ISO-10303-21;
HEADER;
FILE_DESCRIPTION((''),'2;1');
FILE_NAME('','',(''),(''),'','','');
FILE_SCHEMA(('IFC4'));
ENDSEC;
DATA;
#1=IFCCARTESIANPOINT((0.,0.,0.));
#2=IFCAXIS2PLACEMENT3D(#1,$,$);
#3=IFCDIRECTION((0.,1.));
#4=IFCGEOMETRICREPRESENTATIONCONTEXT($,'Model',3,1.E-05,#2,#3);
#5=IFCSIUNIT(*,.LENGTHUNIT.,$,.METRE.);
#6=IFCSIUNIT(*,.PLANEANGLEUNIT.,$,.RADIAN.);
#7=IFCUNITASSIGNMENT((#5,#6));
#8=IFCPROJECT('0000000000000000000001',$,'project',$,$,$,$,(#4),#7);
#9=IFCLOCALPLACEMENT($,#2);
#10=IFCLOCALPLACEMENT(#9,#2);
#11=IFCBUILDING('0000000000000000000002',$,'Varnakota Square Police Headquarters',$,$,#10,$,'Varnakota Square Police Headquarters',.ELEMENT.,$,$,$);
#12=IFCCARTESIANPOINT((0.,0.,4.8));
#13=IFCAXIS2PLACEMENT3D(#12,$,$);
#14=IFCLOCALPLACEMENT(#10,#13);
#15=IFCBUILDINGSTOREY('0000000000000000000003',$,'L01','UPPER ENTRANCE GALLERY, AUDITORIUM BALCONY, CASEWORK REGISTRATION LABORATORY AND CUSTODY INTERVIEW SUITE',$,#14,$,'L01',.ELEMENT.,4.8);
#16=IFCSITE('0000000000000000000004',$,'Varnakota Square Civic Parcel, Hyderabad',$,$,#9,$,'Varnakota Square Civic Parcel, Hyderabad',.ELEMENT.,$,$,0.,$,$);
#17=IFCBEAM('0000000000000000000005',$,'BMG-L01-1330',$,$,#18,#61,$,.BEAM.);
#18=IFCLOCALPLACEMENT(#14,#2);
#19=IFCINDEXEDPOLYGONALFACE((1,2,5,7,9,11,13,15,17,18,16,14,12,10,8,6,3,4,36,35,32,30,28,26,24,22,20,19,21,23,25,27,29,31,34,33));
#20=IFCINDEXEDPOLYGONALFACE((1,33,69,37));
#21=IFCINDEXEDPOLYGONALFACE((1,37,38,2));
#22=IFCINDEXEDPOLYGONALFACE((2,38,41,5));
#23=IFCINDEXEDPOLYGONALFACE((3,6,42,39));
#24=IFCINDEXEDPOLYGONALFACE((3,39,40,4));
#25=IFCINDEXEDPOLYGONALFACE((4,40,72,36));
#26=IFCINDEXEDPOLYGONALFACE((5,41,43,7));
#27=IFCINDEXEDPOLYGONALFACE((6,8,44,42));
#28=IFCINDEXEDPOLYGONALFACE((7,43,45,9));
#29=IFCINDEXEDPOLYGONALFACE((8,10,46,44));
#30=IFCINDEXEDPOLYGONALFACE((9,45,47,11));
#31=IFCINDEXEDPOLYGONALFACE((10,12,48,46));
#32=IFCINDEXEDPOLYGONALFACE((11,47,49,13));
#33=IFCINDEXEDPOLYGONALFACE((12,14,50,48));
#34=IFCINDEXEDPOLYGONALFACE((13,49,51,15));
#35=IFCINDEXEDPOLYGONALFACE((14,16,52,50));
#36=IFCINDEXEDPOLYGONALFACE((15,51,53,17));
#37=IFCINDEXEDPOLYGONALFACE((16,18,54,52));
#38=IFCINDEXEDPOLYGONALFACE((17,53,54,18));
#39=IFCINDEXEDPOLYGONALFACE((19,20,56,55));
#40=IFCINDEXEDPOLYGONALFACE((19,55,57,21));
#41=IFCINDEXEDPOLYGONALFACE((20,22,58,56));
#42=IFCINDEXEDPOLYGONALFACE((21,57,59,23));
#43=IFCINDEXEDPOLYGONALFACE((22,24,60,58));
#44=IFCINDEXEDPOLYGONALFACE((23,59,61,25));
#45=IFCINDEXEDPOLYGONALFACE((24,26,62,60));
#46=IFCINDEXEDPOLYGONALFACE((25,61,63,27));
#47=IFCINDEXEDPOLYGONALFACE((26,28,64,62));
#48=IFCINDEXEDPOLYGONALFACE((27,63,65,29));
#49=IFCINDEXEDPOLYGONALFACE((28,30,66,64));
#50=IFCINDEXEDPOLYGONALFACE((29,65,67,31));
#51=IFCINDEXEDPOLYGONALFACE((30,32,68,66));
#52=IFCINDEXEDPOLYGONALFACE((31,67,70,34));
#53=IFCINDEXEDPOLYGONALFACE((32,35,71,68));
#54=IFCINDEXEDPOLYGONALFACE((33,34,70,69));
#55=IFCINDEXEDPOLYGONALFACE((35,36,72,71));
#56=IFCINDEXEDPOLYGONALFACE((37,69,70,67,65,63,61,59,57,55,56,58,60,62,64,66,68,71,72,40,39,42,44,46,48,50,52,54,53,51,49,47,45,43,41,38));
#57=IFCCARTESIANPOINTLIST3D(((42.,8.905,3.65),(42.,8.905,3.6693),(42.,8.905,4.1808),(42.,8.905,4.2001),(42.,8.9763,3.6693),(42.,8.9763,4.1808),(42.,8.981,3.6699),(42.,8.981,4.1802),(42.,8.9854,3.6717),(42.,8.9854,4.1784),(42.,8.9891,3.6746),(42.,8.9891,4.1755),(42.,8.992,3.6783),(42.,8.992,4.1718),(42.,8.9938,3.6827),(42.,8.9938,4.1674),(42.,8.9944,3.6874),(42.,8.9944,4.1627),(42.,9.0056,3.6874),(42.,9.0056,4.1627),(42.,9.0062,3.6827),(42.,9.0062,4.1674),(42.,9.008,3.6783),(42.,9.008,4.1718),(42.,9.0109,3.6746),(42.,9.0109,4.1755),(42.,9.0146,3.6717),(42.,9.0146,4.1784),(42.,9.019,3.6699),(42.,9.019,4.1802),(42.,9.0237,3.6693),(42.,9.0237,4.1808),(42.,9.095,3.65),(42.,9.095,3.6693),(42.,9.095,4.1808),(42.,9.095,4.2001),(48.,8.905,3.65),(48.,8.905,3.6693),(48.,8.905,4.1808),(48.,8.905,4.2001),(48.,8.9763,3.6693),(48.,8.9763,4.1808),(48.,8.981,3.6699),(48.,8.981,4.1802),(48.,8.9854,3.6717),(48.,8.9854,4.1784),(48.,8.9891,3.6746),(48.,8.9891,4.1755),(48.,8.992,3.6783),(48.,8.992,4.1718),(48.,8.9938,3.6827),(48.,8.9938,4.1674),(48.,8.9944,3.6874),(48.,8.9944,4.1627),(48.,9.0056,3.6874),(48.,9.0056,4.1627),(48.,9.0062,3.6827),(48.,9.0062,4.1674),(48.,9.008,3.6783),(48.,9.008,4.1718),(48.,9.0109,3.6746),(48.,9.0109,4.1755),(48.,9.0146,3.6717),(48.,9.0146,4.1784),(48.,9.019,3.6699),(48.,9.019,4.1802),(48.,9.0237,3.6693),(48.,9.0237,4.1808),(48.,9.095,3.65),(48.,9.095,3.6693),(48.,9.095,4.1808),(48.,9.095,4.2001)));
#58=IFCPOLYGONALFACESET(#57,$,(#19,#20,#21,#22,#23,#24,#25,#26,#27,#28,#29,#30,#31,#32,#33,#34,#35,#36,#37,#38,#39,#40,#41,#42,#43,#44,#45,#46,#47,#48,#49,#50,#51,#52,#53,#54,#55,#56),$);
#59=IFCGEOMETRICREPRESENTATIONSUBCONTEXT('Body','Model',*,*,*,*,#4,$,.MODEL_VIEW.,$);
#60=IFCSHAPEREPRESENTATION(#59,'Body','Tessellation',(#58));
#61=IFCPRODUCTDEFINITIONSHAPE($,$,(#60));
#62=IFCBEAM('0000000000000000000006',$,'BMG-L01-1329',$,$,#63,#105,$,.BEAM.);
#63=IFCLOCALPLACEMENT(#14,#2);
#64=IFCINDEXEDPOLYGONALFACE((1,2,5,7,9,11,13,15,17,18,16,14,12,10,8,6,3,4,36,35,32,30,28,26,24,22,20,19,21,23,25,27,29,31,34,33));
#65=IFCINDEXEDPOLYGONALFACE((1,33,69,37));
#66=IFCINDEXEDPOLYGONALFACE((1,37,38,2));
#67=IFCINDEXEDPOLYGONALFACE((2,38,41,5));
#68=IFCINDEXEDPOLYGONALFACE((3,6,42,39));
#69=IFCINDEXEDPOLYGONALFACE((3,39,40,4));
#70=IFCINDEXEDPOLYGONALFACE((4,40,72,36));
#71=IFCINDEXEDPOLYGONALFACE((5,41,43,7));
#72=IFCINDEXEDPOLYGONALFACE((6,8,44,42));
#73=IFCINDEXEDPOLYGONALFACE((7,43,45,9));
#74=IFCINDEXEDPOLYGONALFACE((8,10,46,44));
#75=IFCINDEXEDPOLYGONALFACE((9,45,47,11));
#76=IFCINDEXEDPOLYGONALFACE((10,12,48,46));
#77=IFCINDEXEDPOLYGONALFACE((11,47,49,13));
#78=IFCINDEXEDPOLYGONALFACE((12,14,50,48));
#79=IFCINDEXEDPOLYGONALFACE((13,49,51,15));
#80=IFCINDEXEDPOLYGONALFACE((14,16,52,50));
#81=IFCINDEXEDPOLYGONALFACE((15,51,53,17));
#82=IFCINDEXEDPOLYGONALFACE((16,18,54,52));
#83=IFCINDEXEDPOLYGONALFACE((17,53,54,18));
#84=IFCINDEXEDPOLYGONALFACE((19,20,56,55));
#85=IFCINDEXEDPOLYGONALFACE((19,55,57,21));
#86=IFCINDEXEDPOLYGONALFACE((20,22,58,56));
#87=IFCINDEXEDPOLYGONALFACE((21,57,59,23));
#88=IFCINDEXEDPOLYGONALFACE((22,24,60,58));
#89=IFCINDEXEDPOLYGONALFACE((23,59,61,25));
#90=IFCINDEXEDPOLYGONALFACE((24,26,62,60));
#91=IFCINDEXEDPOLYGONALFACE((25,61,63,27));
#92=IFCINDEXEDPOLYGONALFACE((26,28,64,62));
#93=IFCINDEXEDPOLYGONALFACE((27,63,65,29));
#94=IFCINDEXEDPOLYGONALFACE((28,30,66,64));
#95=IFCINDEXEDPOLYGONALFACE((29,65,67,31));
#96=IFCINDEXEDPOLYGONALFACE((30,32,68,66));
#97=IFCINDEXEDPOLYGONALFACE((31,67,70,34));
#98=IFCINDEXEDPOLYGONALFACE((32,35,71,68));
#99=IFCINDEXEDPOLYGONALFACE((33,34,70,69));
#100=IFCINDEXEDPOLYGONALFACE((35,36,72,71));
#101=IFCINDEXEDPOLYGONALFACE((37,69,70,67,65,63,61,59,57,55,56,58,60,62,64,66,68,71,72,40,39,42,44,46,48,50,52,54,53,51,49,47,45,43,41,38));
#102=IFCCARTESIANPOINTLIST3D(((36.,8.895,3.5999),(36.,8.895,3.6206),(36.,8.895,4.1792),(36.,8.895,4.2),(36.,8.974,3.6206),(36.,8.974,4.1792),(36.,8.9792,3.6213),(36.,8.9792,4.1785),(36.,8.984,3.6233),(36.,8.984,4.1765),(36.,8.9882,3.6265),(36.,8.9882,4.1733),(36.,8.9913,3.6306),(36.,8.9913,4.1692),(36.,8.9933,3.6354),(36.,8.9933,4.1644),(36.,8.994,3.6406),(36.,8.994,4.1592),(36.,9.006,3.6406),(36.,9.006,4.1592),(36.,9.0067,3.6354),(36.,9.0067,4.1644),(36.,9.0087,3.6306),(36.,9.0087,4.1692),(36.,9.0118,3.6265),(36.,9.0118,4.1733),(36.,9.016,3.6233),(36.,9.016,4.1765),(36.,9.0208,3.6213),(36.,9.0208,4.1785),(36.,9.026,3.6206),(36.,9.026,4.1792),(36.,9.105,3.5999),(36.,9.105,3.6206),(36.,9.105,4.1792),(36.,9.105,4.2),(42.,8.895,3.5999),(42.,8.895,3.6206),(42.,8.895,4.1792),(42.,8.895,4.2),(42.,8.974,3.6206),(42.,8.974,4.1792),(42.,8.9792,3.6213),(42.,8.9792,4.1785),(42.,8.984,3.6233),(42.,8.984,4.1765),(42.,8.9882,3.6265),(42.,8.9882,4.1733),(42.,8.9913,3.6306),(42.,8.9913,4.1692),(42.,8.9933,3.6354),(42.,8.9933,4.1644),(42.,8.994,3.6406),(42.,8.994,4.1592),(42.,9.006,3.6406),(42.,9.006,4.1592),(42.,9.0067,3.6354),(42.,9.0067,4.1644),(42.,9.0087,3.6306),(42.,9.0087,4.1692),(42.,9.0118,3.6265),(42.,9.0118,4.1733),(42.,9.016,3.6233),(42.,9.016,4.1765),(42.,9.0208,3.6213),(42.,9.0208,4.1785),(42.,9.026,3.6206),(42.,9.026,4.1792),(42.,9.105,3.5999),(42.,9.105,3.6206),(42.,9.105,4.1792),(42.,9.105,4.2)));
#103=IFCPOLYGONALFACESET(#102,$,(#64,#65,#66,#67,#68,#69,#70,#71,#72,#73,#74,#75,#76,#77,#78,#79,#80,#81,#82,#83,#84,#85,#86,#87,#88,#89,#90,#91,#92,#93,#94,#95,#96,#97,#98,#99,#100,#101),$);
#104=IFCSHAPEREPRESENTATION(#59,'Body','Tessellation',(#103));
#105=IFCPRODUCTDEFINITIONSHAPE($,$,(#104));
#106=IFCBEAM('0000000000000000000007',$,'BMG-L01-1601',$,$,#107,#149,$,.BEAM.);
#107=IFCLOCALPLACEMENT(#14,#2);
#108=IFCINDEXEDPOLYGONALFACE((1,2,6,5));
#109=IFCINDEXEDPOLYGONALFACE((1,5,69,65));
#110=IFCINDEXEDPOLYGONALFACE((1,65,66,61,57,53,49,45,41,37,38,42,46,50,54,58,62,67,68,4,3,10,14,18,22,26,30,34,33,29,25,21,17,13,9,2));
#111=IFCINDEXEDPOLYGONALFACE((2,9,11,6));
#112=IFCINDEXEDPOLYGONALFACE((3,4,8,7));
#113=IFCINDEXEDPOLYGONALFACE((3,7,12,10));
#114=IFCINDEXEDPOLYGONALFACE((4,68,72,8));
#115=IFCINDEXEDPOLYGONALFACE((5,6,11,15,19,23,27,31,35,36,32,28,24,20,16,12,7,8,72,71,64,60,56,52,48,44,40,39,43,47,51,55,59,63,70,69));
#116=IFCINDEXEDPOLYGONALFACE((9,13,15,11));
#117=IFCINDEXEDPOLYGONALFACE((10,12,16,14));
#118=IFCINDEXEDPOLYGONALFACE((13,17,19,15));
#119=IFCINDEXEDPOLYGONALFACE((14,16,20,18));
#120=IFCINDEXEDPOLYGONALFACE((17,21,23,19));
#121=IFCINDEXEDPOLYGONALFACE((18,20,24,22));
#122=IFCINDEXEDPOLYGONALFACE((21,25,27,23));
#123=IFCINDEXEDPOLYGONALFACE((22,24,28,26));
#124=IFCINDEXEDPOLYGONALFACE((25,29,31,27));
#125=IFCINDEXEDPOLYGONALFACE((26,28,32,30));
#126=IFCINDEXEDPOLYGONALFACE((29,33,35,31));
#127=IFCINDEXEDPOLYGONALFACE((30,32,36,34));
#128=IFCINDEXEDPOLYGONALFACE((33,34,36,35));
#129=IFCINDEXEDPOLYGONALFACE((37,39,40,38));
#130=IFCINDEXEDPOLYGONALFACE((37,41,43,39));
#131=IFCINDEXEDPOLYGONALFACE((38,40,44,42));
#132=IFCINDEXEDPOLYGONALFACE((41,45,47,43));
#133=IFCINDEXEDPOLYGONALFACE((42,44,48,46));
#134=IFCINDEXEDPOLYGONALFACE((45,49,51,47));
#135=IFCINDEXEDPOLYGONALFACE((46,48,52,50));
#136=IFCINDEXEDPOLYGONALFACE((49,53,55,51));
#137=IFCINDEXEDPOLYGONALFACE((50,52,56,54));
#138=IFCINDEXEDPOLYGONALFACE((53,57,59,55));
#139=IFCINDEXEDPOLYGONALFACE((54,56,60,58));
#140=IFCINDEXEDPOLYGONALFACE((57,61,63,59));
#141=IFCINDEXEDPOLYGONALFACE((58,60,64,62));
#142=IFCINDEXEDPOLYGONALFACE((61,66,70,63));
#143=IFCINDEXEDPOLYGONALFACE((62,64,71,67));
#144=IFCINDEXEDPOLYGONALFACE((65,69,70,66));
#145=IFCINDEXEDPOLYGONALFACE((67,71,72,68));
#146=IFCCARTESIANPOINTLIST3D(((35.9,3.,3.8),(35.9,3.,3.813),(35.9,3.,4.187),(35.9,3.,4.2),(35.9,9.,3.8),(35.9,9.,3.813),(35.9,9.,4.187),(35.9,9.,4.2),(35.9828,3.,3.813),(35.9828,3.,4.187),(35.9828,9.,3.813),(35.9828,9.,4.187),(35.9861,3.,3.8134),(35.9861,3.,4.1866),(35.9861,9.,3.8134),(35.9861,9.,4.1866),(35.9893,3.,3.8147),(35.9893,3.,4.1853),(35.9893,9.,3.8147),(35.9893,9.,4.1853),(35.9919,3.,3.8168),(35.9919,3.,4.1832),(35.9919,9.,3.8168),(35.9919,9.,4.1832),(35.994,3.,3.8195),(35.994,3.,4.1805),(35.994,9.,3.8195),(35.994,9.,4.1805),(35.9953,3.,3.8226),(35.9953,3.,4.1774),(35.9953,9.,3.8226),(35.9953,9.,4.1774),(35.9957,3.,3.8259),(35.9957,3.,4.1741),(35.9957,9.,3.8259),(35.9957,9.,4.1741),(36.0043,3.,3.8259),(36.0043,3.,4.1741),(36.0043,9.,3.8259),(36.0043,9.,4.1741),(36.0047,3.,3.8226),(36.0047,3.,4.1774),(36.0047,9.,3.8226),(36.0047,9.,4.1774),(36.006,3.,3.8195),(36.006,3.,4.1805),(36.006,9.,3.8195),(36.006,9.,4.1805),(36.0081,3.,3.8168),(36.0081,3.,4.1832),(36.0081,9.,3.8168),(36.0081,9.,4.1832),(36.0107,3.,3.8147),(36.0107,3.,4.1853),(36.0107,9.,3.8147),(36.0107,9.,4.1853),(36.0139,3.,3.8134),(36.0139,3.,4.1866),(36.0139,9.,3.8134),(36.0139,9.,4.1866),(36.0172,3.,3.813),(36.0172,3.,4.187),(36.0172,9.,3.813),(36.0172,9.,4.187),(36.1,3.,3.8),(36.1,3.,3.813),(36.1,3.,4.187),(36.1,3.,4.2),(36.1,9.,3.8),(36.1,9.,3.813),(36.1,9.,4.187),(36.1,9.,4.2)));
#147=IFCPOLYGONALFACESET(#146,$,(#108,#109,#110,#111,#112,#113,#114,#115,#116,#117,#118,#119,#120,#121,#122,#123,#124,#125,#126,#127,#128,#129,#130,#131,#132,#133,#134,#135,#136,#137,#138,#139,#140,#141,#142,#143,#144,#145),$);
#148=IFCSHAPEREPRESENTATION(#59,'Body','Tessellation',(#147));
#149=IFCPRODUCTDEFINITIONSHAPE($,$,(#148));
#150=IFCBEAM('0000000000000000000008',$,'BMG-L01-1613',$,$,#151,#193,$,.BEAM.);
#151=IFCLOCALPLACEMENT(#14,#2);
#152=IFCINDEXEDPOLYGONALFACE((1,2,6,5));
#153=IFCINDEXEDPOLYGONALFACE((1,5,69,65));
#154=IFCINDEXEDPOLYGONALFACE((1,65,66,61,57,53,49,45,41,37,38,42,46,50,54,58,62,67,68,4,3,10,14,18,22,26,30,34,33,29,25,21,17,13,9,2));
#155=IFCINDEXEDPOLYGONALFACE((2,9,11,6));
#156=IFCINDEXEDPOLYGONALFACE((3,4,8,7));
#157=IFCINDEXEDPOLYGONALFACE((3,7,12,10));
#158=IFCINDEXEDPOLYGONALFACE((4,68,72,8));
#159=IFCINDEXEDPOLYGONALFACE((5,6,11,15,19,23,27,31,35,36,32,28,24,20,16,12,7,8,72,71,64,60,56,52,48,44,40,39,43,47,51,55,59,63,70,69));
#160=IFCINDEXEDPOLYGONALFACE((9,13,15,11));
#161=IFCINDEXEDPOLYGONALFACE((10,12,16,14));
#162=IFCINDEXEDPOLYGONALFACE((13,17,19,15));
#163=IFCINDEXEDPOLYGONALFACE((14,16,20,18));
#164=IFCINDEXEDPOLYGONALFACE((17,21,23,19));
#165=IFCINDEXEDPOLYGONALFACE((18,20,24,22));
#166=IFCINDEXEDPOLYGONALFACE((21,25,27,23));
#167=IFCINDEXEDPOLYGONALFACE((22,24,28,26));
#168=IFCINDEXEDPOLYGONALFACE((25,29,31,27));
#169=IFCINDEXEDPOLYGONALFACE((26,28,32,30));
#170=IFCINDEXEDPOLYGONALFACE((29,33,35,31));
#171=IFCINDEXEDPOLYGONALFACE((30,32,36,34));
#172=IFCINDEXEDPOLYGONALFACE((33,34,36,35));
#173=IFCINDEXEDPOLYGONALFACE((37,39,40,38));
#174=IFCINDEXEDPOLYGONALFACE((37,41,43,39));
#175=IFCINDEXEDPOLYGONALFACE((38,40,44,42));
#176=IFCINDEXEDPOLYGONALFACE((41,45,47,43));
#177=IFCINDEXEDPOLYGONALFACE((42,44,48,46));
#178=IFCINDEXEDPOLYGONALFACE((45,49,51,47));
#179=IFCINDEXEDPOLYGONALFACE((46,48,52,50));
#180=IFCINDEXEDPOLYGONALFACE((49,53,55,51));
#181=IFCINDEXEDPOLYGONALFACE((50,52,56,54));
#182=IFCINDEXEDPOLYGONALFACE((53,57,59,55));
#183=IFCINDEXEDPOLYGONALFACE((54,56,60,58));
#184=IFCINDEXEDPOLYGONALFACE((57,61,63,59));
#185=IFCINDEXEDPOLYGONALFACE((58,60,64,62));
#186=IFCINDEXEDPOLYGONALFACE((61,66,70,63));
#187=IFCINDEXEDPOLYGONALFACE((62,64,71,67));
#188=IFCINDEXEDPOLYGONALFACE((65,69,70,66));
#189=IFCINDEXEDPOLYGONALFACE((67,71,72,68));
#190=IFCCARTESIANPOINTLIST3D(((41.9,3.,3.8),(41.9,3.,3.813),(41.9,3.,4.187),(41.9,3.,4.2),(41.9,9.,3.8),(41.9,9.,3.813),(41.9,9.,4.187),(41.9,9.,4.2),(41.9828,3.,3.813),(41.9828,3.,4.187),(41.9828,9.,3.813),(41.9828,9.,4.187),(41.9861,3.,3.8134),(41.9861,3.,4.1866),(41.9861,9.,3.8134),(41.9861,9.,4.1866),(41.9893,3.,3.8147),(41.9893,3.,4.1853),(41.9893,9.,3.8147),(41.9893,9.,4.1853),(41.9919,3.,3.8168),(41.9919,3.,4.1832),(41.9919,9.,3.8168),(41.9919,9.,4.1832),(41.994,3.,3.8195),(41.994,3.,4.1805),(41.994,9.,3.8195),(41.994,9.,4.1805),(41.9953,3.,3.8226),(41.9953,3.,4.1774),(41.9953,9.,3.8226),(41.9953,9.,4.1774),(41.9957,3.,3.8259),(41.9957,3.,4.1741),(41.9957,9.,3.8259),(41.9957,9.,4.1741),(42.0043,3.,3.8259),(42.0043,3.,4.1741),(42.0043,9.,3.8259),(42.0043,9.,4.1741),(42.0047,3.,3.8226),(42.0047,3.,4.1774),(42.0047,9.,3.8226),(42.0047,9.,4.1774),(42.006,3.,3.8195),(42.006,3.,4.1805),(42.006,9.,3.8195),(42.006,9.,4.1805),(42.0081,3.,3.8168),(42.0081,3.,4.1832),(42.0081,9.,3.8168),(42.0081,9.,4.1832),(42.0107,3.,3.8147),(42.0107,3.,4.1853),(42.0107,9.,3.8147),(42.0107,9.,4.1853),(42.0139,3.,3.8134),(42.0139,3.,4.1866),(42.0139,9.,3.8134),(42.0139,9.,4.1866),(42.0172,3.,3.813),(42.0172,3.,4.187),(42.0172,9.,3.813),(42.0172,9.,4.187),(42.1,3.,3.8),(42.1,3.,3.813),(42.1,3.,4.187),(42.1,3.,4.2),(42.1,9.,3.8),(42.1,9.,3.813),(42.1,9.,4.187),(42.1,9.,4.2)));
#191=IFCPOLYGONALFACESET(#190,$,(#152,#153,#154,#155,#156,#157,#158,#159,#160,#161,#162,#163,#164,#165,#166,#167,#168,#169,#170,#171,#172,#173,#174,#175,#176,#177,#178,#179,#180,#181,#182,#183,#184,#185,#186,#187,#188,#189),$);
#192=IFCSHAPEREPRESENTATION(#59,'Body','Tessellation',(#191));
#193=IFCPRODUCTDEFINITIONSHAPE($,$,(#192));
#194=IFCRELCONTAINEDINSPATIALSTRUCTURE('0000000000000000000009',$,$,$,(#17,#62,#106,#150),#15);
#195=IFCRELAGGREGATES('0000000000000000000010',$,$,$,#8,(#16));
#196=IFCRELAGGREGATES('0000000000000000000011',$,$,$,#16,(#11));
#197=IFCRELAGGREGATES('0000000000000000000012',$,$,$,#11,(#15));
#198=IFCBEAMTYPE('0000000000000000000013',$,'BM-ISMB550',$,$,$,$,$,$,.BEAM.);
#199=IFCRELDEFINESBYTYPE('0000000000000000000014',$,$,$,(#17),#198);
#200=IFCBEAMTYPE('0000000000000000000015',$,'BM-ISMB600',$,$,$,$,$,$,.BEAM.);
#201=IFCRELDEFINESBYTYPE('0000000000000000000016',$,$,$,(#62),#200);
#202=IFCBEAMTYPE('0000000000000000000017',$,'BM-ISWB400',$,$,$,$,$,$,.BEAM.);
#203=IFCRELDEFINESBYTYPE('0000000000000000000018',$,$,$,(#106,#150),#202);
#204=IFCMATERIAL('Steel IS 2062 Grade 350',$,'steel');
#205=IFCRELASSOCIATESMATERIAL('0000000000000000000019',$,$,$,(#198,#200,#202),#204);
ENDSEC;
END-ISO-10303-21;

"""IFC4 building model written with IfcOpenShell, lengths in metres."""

from ifc_helpers import new_model, si_unit, direction, frame, origin, origin_2d, place, context, subcontext, project, spatial, i_section, extrude, material, material_profile, profile_set, type_object, element, save


model = new_model("IFC4")

# Units and contexts
model_context = context("Model", 3, precision=1e-05, world=origin(), true_north=direction((0.0, 1.0)))
body_context = subcontext(model_context, "Body", "Model", "MODEL_VIEW")
ifc_project = project(units=[si_unit("LENGTHUNIT", "METRE"), si_unit("PLANEANGLEUNIT", "RADIAN")], contexts=[model_context])

# Site, building, storey
site_placement = place(None, origin())
site = spatial("IfcSite", under=ifc_project, at=site_placement, Name="Varnakota Square Civic Parcel, Hyderabad", LongName="Varnakota Square Civic Parcel, Hyderabad", CompositionType="ELEMENT", RefElevation=0.0)
building_placement = place(site_placement, origin())
building = spatial("IfcBuilding", under=site, at=building_placement, Name="Varnakota Square Police Headquarters", LongName="Varnakota Square Police Headquarters", CompositionType="ELEMENT")
storey_placement = place(building_placement, frame((0.0, 0.0, 4.8)))
storey = spatial("IfcBuildingStorey", under=building, at=storey_placement, Name="L01", Description="UPPER ENTRANCE GALLERY, AUDITORIUM BALCONY, CASEWORK REGISTRATION LABORATORY AND CUSTODY INTERVIEW SUITE", LongName="L01", CompositionType="ELEMENT", Elevation=4.8)

# Shared definitions
ifc_material_1 = material(Name="Steel IS 2062 Grade 350", Category="steel")

# Beams
ifc_material_profile_1 = material_profile(ifc_material_1, i_section(OverallWidth=0.1899, OverallDepth=0.55, WebThickness=0.0112, FlangeThickness=0.0193, FilletRadius=0.0181, at=origin_2d()), Name="ISMB 550")
ifc_profile_set_1 = profile_set([ifc_material_profile_1], Name="Steel IS 2062 Grade 350")
beam_type_1 = type_object("IfcBeamType", Name="BM-ISMB550", PredefinedType="BEAM", material=ifc_profile_set_1)
beam_1_placement = place(storey_placement, frame((42.0, 9.0, 3.925), z_axis=(1.0, 0.0, 0.0), x_axis=(0.0, 1.0, 0.0)))
element("IfcBeam", 1, at=beam_1_placement, inside=storey, type_object=beam_type_1, Name="BMG-L01-1330", PredefinedType="BEAM", context=body_context, shape_type="SweptSolid", body=[
    extrude(i_section(OverallWidth=0.1899, OverallDepth=0.55, WebThickness=0.0112, FlangeThickness=0.0193, FilletRadius=0.0181, at=origin_2d()), origin(), (0.0, 0.0, 1.0), 6.0),
])
ifc_material_profile_2 = material_profile(ifc_material_1, i_section(OverallWidth=0.21, OverallDepth=0.6001, WebThickness=0.012, FlangeThickness=0.0208, FilletRadius=0.02, at=origin_2d()), Name="ISMB 600")
ifc_profile_set_2 = profile_set([ifc_material_profile_2], Name="Steel IS 2062 Grade 350")
beam_type_2 = type_object("IfcBeamType", Name="BM-ISMB600", PredefinedType="BEAM", material=ifc_profile_set_2)
beam_2_placement = place(storey_placement, frame((36.0, 9.0, 3.8999), z_axis=(1.0, 0.0, 0.0), x_axis=(0.0, 1.0, 0.0)))
element("IfcBeam", 2, at=beam_2_placement, inside=storey, type_object=beam_type_2, Name="BMG-L01-1329", PredefinedType="BEAM", context=body_context, shape_type="SweptSolid", body=[
    extrude(i_section(OverallWidth=0.21, OverallDepth=0.6001, WebThickness=0.012, FlangeThickness=0.0208, FilletRadius=0.02, at=origin_2d()), origin(), (0.0, 0.0, 1.0), 6.0),
])
ifc_material_profile_3 = material_profile(ifc_material_1, i_section(OverallWidth=0.2, OverallDepth=0.3999, WebThickness=0.0085, FlangeThickness=0.0129, FilletRadius=0.0129, at=origin_2d()), Name="ISWB 400")
ifc_profile_set_3 = profile_set([ifc_material_profile_3], Name="Steel IS 2062 Grade 350")
beam_type_3 = type_object("IfcBeamType", Name="BM-ISWB400", PredefinedType="BEAM", material=ifc_profile_set_3)
for number, where, z_axis, x_axis, name in (
    (3, (36.0, 3.0, 4.0), (0.0, 1.0, 0.0), (-1.0, 0.0, 0.0), "BMG-L01-1601"),
    (4, (42.0, 3.0, 4.0), (0.0, 1.0, 0.0), (-1.0, 0.0, 0.0), "BMG-L01-1613"),
):
    element("IfcBeam", number, at=place(storey_placement, frame(where, z_axis=z_axis, x_axis=x_axis)), inside=storey, type_object=beam_type_3, Name=name, PredefinedType="BEAM", context=body_context, shape_type="SweptSolid", body=[
        extrude(i_section(OverallWidth=0.2, OverallDepth=0.3999, WebThickness=0.0085, FlangeThickness=0.0129, FilletRadius=0.0129, at=origin_2d()), origin(), (0.0, 0.0, 1.0), 6.0),
    ])

save(model, "model.ifc")
